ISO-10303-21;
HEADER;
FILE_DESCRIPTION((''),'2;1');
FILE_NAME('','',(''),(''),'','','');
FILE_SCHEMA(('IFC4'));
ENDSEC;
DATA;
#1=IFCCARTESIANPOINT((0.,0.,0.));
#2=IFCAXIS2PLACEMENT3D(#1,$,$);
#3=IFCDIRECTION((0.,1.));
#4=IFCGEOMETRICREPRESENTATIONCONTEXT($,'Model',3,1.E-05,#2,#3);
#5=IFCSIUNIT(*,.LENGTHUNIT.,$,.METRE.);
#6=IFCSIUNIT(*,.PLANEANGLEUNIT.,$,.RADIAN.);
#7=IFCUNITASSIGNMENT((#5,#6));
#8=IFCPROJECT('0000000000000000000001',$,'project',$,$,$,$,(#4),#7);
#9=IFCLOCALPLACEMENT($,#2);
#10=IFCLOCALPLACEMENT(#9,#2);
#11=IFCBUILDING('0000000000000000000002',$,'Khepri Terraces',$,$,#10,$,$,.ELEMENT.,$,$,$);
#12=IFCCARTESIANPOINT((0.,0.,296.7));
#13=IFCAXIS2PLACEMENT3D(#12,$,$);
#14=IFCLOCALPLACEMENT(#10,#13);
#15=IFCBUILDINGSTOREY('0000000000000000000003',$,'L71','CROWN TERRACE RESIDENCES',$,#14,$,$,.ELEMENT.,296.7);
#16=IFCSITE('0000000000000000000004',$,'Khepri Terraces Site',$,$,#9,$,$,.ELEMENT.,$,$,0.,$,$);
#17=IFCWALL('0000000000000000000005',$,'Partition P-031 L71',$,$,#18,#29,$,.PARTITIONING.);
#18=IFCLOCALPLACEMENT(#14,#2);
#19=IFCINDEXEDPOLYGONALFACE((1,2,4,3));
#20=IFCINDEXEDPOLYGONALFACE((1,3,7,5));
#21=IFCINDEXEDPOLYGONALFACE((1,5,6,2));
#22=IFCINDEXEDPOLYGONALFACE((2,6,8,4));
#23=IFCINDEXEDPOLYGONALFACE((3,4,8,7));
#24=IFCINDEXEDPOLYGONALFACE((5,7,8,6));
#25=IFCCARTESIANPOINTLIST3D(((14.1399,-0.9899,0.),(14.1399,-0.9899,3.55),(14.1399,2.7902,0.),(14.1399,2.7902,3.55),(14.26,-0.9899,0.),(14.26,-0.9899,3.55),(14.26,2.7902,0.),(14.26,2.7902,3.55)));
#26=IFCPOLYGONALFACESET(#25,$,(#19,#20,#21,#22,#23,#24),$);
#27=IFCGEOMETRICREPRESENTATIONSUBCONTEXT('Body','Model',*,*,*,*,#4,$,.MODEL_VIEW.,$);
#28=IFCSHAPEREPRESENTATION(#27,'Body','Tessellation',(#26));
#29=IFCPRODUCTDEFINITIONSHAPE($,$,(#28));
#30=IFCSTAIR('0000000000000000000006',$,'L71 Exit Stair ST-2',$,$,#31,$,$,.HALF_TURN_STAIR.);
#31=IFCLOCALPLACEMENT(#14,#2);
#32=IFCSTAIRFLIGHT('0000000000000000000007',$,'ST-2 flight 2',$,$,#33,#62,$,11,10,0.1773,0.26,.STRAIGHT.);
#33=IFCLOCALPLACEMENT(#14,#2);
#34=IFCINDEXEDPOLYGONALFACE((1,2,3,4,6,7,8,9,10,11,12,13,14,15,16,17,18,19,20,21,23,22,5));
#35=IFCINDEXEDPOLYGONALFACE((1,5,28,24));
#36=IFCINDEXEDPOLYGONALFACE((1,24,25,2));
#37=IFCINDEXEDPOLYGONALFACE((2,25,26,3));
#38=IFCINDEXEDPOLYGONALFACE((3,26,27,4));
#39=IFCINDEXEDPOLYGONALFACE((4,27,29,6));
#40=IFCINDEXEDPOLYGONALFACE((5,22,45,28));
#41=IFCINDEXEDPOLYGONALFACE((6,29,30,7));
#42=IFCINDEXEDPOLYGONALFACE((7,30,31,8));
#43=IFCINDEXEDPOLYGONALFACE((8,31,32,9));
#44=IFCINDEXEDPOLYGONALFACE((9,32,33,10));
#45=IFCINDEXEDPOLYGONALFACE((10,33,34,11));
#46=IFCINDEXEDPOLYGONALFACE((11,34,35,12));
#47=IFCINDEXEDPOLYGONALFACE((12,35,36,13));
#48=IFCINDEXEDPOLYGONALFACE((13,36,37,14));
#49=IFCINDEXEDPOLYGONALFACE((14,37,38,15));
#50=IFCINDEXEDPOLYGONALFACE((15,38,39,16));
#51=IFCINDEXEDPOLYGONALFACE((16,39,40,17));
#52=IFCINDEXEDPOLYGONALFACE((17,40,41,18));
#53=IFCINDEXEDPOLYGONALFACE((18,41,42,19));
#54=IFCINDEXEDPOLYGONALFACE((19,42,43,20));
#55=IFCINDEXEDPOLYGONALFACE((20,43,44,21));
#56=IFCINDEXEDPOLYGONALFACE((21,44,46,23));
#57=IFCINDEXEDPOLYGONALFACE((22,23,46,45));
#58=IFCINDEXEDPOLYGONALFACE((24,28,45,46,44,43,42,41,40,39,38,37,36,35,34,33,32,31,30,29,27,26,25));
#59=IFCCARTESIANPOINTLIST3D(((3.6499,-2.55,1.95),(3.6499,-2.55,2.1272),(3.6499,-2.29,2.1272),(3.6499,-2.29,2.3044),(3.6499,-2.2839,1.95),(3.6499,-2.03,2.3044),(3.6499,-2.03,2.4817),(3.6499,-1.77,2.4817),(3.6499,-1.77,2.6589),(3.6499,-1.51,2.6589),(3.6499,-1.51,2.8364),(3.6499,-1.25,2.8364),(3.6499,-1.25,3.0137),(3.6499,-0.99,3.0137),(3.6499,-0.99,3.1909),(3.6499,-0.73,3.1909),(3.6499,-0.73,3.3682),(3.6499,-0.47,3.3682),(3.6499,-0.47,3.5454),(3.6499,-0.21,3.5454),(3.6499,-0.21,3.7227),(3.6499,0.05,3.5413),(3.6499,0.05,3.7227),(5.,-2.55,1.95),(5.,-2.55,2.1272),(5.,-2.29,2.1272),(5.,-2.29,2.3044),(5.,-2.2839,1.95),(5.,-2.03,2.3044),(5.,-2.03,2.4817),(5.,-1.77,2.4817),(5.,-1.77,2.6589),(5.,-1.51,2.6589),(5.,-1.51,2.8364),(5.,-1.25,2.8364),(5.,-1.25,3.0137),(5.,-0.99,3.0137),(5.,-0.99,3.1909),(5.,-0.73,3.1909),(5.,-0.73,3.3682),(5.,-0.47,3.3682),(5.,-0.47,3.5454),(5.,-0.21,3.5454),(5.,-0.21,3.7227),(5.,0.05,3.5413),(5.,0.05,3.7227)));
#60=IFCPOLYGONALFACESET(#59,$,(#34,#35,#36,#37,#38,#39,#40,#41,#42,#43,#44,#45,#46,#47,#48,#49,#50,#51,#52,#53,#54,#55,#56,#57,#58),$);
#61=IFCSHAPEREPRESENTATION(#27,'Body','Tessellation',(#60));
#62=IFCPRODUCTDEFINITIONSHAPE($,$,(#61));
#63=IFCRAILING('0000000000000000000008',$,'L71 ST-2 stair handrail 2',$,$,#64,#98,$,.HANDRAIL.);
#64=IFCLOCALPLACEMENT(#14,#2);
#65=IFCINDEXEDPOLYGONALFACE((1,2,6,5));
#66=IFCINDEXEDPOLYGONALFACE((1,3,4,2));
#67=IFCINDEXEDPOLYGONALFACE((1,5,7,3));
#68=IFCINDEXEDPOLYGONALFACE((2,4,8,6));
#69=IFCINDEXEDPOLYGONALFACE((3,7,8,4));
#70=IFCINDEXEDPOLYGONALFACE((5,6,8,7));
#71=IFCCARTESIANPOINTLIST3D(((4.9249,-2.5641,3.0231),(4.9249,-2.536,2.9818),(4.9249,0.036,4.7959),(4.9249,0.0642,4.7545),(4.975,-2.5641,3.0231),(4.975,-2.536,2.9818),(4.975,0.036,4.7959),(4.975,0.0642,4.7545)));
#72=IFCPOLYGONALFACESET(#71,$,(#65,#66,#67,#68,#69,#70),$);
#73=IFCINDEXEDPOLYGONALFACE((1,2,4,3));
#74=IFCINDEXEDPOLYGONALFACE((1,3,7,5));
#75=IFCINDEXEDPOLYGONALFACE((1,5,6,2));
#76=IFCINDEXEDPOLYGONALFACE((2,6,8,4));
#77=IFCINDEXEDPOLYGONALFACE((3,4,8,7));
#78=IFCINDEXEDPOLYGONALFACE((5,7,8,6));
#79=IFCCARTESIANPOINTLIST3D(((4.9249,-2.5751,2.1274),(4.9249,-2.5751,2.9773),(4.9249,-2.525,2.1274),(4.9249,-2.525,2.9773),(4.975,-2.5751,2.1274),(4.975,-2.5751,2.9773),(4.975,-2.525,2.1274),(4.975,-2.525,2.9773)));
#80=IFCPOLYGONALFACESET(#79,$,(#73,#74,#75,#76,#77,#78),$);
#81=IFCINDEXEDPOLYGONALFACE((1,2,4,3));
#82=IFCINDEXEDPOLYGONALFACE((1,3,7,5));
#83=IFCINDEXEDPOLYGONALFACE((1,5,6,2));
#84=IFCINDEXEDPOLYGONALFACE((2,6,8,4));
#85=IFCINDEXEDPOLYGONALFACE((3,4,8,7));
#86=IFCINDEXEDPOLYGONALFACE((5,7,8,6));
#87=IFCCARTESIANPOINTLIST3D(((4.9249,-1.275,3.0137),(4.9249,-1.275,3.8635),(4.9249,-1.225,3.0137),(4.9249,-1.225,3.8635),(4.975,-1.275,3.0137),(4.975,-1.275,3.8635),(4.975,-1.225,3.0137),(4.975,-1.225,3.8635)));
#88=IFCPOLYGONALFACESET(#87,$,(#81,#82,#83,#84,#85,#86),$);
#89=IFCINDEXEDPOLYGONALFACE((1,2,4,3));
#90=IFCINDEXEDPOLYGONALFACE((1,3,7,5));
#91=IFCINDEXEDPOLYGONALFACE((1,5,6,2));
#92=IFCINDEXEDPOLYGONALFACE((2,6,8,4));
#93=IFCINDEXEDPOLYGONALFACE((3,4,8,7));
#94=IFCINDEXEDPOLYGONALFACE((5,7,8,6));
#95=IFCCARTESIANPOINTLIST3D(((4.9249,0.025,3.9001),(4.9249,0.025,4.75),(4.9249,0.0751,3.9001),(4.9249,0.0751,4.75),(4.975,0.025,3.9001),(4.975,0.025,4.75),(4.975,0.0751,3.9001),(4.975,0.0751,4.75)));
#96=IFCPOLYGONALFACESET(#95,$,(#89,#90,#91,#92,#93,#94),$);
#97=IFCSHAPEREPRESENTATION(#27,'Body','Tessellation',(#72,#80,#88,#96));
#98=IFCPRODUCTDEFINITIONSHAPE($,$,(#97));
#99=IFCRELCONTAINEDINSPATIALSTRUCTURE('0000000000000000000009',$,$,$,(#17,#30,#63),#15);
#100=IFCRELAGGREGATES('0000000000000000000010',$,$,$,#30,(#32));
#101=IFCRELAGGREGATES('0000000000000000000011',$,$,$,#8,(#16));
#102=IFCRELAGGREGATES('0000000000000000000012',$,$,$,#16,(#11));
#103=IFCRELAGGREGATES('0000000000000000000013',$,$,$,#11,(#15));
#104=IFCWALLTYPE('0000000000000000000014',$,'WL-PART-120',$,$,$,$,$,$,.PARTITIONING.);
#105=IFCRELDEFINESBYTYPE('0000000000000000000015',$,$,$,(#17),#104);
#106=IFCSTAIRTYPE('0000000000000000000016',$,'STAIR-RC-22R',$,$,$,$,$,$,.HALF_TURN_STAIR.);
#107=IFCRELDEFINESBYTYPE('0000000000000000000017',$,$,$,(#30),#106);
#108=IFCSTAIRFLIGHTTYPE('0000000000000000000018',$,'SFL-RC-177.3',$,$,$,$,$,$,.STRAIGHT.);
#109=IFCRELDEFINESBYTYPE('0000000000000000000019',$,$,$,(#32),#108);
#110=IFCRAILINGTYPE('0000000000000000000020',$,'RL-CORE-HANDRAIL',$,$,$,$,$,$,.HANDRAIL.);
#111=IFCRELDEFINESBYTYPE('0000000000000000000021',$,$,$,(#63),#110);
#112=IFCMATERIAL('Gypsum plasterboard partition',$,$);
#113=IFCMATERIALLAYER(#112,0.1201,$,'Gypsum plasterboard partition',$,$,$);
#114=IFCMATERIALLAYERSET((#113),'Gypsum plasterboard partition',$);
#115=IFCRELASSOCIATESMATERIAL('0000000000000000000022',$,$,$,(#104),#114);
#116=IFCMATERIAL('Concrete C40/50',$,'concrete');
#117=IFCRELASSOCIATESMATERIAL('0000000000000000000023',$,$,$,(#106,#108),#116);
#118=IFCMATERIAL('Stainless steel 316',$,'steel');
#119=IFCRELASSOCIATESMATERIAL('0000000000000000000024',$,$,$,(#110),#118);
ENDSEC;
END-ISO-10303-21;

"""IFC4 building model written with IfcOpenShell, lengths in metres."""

from ifc_helpers import new_model, si_unit, direction, frame, frame_2d, origin, origin_2d, place, context, subcontext, project, spatial, polyline, rectangle, outline, extrude, material, layer, layer_set, type_object, element, aggregate, save


model = new_model("IFC4")

# Units and contexts
model_context = context("Model", 3, precision=1e-05, world=origin(), true_north=direction((0.0, 1.0)))
body_context = subcontext(model_context, "Body", "Model", "MODEL_VIEW")
ifc_project = project(units=[si_unit("LENGTHUNIT", "METRE"), si_unit("PLANEANGLEUNIT", "RADIAN")], contexts=[model_context])

# Site, building, storey
site_placement = place(None, origin())
site = spatial("IfcSite", under=ifc_project, at=site_placement, Name="Khepri Terraces Site", CompositionType="ELEMENT", RefElevation=0.0)
building_placement = place(site_placement, origin())
building = spatial("IfcBuilding", under=site, at=building_placement, Name="Khepri Terraces", CompositionType="ELEMENT")
storey_placement = place(building_placement, frame((0.0, 0.0, 296.7)))
storey = spatial("IfcBuildingStorey", under=building, at=storey_placement, Name="L71", Description="CROWN TERRACE RESIDENCES", CompositionType="ELEMENT", Elevation=296.7)

# Shared definitions
ifc_material_1 = material(Name="Concrete C40/50", Category="concrete")

# Shared definitions
ifc_material_2 = material(Name="Gypsum plasterboard partition")
ifc_layer_1 = layer(ifc_material_2, 0.1201, Name="Gypsum plasterboard partition")
ifc_layer_set_1 = layer_set([ifc_layer_1], Name="Gypsum plasterboard partition")
wall_type_1 = type_object("IfcWallType", Name="WL-PART-120", PredefinedType="PARTITIONING", material=ifc_layer_set_1)

# Wall
wall_1_placement = place(storey_placement, frame((14.2, -0.99, 0.0), z_axis=(0.0, 0.0, 1.0), x_axis=(0.0, 1.0, 0.0)))
element("IfcWall", 1, at=wall_1_placement, inside=storey, type_object=wall_type_1, Name="Partition P-031 L71", PredefinedType="PARTITIONING", context=body_context, shape_type="SweptSolid", body=[
    extrude(rectangle(XDim=3.78, YDim=0.1201, at=frame_2d((1.8901, 0.0))), origin(), (0.0, 0.0, 1.0), 3.55),
])

# Stair, stair flight
stair_type = type_object("IfcStairType", Name="STAIR-RC-22R", PredefinedType="HALF_TURN_STAIR", material=ifc_material_1)
stair_placement = place(storey_placement, origin())
stair = element("IfcStair", 2, at=stair_placement, inside=storey, type_object=stair_type, Name="L71 Exit Stair ST-2", PredefinedType="HALF_TURN_STAIR")
stair_flight_type = type_object("IfcStairFlightType", Name="SFL-RC-177.3", PredefinedType="STRAIGHT", material=ifc_material_1)
stair_flight_placement = place(storey_placement, frame((4.325, -2.55, 1.95), z_axis=(0.0, 0.0, 1.0), x_axis=(0.0, 1.0, 0.0)))
stair_flight = element("IfcStairFlight", 3, at=stair_flight_placement, type_object=stair_flight_type, Name="ST-2 flight 2", NumberOfRisers=11, NumberOfTreads=10, PredefinedType="STRAIGHT", RiserHeight=0.1773, TreadLength=0.26, context=body_context, shape_type="SweptSolid", body=[
    extrude(outline(polyline([(0.0, 0.0), (0.0, 0.1772), (0.26, 0.1772), (0.26, 0.3545), (0.52, 0.3545), (0.52, 0.5317), (0.78, 0.5317), (0.78, 0.709), (1.04, 0.709), (1.04, 0.8865), (1.3, 0.8865), (1.3, 1.0637), (1.5601, 1.0637), (1.5601, 1.241), (1.8201, 1.241), (1.8201, 1.4182), (2.0801, 1.4182), (2.0801, 1.5955), (2.3401, 1.5955), (2.3401, 1.7727), (2.6001, 1.7727), (2.6001, 1.95), (2.6001, 1.5913), (0.2661, 0.0), (0.0, 0.0)])), frame((0.0, 0.675, 0.0), z_axis=(0.0, -1.0, 0.0), x_axis=(1.0, 0.0, 0.0)), (0.0, 0.0, 1.0), 1.3501),
])
aggregate(stair, [stair_flight])

# Railing
ifc_material_3 = material(Name="Stainless steel 316", Category="steel")
railing_type = type_object("IfcRailingType", Name="RL-CORE-HANDRAIL", PredefinedType="HANDRAIL", material=ifc_material_3)
railing_placement = place(storey_placement, frame((4.95, -2.55, 2.1274)))
element("IfcRailing", 4, at=railing_placement, inside=storey, type_object=railing_type, Name="L71 ST-2 stair handrail 2", PredefinedType="HANDRAIL", context=body_context, shape_type="SweptSolid", body=[
    extrude(rectangle(XDim=0.05, YDim=0.05, at=origin_2d()), frame((0.0, 0.0, 0.875), z_axis=(0.0, 0.82624, 0.563318), x_axis=(-1.0, 0.0, 0.0)), (0.0, 0.0, 1.0), 3.147),
    extrude(rectangle(XDim=0.05, YDim=0.05, at=origin_2d()), origin(), (0.0, 0.0, 1.0), 0.8499),
    extrude(rectangle(XDim=0.05, YDim=0.05, at=origin_2d()), frame((0.0, 1.3, 0.8862)), (0.0, 0.0, 1.0), 0.8499),
    extrude(rectangle(XDim=0.05, YDim=0.05, at=origin_2d()), frame((0.0, 2.6001, 1.7727)), (0.0, 0.0, 1.0), 0.8499),
])

save(model, "model.ifc")
